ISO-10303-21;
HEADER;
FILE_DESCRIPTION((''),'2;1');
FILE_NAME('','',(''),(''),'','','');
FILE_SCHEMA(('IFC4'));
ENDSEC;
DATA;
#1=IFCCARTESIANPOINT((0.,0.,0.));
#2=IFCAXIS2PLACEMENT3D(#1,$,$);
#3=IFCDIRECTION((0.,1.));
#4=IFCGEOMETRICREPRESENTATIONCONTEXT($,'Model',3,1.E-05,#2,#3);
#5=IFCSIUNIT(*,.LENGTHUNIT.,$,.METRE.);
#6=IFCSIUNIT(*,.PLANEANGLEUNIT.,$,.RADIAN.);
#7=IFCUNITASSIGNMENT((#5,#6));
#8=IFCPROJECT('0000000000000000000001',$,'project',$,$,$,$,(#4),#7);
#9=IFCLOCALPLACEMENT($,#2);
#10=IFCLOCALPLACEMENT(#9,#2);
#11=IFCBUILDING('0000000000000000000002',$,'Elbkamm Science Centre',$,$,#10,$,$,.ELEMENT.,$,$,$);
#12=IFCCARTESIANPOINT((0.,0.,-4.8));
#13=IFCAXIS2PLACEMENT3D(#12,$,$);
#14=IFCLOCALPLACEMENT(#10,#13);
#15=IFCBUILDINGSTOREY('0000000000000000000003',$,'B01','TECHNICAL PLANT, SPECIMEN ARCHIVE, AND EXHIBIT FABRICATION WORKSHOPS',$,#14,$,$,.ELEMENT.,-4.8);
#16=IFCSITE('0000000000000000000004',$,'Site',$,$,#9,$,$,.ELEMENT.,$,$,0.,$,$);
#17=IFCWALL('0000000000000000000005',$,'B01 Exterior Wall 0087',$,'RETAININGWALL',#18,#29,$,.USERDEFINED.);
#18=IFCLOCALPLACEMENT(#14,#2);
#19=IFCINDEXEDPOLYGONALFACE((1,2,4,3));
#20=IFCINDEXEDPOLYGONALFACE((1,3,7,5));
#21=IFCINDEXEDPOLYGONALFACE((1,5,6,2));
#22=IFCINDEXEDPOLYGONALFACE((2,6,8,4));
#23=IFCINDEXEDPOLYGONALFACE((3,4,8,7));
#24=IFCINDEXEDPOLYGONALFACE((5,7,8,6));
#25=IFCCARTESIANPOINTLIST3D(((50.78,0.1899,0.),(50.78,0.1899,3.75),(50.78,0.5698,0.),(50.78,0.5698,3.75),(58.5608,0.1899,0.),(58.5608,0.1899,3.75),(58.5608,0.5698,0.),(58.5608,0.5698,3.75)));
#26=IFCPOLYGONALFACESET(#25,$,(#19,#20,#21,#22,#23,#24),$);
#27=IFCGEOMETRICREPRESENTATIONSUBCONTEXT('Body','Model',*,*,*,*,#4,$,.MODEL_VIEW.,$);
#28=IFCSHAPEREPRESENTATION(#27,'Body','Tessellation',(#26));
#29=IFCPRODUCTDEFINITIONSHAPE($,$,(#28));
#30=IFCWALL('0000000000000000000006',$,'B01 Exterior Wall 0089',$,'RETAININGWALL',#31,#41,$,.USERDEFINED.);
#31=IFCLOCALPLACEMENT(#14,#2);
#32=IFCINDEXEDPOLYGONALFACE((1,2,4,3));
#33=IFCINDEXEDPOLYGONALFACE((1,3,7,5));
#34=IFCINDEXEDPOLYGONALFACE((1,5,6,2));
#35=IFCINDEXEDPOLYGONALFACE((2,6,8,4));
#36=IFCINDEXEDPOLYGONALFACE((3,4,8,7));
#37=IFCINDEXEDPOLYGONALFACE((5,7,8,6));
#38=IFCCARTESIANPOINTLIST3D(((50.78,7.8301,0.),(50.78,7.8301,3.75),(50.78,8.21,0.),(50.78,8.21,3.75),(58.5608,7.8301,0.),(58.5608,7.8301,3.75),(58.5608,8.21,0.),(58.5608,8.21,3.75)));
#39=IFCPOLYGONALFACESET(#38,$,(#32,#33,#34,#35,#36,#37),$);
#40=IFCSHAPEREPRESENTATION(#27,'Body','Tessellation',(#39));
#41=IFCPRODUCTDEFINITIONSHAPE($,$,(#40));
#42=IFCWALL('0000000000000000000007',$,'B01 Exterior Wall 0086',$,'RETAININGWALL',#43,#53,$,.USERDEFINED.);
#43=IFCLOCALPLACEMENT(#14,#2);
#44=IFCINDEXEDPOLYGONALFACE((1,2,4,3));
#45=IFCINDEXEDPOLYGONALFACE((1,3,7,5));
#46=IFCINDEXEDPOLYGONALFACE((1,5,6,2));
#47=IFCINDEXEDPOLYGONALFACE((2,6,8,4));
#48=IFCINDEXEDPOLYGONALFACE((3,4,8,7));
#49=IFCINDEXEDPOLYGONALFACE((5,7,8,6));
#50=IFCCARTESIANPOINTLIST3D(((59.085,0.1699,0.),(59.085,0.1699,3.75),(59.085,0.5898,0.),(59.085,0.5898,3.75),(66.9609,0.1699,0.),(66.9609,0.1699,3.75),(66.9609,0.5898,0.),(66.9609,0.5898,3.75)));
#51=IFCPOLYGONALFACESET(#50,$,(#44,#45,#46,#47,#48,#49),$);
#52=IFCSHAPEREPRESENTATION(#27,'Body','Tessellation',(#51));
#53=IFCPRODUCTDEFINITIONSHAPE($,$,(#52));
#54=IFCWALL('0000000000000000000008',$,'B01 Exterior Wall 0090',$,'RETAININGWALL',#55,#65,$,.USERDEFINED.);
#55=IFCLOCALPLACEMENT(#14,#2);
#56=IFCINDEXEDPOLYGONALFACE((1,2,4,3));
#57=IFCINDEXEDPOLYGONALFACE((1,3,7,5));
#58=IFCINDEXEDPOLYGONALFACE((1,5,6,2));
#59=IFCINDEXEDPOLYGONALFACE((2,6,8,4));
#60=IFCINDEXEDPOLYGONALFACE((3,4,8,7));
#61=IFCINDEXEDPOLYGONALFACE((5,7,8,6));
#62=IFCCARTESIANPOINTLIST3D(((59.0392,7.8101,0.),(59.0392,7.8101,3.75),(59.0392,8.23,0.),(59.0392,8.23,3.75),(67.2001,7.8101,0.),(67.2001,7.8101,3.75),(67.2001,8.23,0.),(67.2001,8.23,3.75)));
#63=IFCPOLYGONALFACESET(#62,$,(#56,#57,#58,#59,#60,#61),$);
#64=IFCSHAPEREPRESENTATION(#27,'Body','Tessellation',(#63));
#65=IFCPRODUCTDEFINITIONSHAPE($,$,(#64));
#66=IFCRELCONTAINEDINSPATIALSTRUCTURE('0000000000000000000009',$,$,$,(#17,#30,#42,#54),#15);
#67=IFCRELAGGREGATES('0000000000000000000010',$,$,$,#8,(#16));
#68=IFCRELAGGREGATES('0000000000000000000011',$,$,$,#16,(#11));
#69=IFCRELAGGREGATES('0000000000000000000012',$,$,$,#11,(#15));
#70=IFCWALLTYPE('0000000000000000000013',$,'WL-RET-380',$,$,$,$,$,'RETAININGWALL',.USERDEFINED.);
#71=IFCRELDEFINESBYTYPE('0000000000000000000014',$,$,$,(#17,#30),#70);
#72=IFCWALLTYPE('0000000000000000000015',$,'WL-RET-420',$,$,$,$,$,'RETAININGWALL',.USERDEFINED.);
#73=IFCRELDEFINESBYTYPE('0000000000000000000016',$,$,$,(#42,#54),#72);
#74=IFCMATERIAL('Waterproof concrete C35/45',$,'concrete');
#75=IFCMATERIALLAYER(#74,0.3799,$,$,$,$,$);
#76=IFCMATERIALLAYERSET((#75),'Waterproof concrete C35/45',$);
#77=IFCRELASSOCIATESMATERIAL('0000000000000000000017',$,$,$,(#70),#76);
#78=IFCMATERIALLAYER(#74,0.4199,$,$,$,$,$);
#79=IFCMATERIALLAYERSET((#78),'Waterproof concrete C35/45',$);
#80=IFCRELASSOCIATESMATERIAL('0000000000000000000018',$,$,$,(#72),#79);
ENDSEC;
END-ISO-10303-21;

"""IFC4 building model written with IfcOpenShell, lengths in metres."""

from ifc_helpers import new_model, si_unit, direction, frame, frame_2d, origin, place, context, subcontext, project, spatial, rectangle, extrude, material, layer, layer_set, type_object, element, save


model = new_model("IFC4")

# Units and contexts
model_context = context("Model", 3, precision=1e-05, world=origin(), true_north=direction((0.0, 1.0)))
body_context = subcontext(model_context, "Body", "Model", "MODEL_VIEW")
ifc_project = project(units=[si_unit("LENGTHUNIT", "METRE"), si_unit("PLANEANGLEUNIT", "RADIAN")], contexts=[model_context])

# Site, building, storey
site_placement = place(None, origin())
site = spatial("IfcSite", under=ifc_project, at=site_placement, Name="Site", CompositionType="ELEMENT", RefElevation=0.0)
building_placement = place(site_placement, origin())
building = spatial("IfcBuilding", under=site, at=building_placement, Name="Elbkamm Science Centre", CompositionType="ELEMENT")
storey_placement = place(building_placement, frame((0.0, 0.0, -4.8)))
storey = spatial("IfcBuildingStorey", under=building, at=storey_placement, Name="B01", Description="TECHNICAL PLANT, SPECIMEN ARCHIVE, AND EXHIBIT FABRICATION WORKSHOPS", CompositionType="ELEMENT", Elevation=-4.8)

# Walls
ifc_material_1 = material(Name="Waterproof concrete C35/45", Category="concrete")
ifc_layer_1 = layer(ifc_material_1, 0.3799)
ifc_layer_set_1 = layer_set([ifc_layer_1], Name="Waterproof concrete C35/45")
wall_type_1 = type_object("IfcWallType", Name="WL-RET-380", ElementType="RETAININGWALL", PredefinedType="USERDEFINED", material=ifc_layer_set_1)
for number, where, z_axis, x_axis, name in (
    (1, (58.5608, 0.3799, 0.0), (0.0, 0.0, 1.0), (-1.0, 0.0, 0.0), "B01 Exterior Wall 0087"),
    (2, (50.78, 8.02, 0.0), (0.0, 0.0, 1.0), (1.0, 0.0, 0.0), "B01 Exterior Wall 0089"),
):
    element("IfcWall", number, at=place(storey_placement, frame(where, z_axis=z_axis, x_axis=x_axis)), inside=storey, type_object=wall_type_1, Name=name, ObjectType="RETAININGWALL", PredefinedType="USERDEFINED", context=body_context, shape_type="SweptSolid", body=[
        extrude(rectangle(XDim=7.7808, YDim=0.3799, at=frame_2d((3.8904, 0.0))), origin(), (0.0, 0.0, 1.0), 3.75),
    ])
ifc_layer_2 = layer(ifc_material_1, 0.4199)
ifc_layer_set_2 = layer_set([ifc_layer_2], Name="Waterproof concrete C35/45")
wall_type_2 = type_object("IfcWallType", Name="WL-RET-420", ElementType="RETAININGWALL", PredefinedType="USERDEFINED", material=ifc_layer_set_2)
wall_1_placement = place(storey_placement, frame((66.9609, 0.3799, 0.0), z_axis=(0.0, 0.0, 1.0), x_axis=(-1.0, 0.0, 0.0)))
element("IfcWall", 3, at=wall_1_placement, inside=storey, type_object=wall_type_2, Name="B01 Exterior Wall 0086", ObjectType="RETAININGWALL", PredefinedType="USERDEFINED", context=body_context, shape_type="SweptSolid", body=[
    extrude(rectangle(XDim=7.876, YDim=0.4199, at=frame_2d((3.938, 0.0))), origin(), (0.0, 0.0, 1.0), 3.75),
])
wall_2_placement = place(storey_placement, frame((59.0391, 8.02, 0.0), z_axis=(0.0, 0.0, 1.0), x_axis=(1.0, 0.0, 0.0)))
element("IfcWall", 4, at=wall_2_placement, inside=storey, type_object=wall_type_2, Name="B01 Exterior Wall 0090", ObjectType="RETAININGWALL", PredefinedType="USERDEFINED", context=body_context, shape_type="SweptSolid", body=[
    extrude(rectangle(XDim=8.1609, YDim=0.4199, at=frame_2d((4.0806, 0.0))), origin(), (0.0, 0.0, 1.0), 3.75),
])

save(model, "model.ifc")
